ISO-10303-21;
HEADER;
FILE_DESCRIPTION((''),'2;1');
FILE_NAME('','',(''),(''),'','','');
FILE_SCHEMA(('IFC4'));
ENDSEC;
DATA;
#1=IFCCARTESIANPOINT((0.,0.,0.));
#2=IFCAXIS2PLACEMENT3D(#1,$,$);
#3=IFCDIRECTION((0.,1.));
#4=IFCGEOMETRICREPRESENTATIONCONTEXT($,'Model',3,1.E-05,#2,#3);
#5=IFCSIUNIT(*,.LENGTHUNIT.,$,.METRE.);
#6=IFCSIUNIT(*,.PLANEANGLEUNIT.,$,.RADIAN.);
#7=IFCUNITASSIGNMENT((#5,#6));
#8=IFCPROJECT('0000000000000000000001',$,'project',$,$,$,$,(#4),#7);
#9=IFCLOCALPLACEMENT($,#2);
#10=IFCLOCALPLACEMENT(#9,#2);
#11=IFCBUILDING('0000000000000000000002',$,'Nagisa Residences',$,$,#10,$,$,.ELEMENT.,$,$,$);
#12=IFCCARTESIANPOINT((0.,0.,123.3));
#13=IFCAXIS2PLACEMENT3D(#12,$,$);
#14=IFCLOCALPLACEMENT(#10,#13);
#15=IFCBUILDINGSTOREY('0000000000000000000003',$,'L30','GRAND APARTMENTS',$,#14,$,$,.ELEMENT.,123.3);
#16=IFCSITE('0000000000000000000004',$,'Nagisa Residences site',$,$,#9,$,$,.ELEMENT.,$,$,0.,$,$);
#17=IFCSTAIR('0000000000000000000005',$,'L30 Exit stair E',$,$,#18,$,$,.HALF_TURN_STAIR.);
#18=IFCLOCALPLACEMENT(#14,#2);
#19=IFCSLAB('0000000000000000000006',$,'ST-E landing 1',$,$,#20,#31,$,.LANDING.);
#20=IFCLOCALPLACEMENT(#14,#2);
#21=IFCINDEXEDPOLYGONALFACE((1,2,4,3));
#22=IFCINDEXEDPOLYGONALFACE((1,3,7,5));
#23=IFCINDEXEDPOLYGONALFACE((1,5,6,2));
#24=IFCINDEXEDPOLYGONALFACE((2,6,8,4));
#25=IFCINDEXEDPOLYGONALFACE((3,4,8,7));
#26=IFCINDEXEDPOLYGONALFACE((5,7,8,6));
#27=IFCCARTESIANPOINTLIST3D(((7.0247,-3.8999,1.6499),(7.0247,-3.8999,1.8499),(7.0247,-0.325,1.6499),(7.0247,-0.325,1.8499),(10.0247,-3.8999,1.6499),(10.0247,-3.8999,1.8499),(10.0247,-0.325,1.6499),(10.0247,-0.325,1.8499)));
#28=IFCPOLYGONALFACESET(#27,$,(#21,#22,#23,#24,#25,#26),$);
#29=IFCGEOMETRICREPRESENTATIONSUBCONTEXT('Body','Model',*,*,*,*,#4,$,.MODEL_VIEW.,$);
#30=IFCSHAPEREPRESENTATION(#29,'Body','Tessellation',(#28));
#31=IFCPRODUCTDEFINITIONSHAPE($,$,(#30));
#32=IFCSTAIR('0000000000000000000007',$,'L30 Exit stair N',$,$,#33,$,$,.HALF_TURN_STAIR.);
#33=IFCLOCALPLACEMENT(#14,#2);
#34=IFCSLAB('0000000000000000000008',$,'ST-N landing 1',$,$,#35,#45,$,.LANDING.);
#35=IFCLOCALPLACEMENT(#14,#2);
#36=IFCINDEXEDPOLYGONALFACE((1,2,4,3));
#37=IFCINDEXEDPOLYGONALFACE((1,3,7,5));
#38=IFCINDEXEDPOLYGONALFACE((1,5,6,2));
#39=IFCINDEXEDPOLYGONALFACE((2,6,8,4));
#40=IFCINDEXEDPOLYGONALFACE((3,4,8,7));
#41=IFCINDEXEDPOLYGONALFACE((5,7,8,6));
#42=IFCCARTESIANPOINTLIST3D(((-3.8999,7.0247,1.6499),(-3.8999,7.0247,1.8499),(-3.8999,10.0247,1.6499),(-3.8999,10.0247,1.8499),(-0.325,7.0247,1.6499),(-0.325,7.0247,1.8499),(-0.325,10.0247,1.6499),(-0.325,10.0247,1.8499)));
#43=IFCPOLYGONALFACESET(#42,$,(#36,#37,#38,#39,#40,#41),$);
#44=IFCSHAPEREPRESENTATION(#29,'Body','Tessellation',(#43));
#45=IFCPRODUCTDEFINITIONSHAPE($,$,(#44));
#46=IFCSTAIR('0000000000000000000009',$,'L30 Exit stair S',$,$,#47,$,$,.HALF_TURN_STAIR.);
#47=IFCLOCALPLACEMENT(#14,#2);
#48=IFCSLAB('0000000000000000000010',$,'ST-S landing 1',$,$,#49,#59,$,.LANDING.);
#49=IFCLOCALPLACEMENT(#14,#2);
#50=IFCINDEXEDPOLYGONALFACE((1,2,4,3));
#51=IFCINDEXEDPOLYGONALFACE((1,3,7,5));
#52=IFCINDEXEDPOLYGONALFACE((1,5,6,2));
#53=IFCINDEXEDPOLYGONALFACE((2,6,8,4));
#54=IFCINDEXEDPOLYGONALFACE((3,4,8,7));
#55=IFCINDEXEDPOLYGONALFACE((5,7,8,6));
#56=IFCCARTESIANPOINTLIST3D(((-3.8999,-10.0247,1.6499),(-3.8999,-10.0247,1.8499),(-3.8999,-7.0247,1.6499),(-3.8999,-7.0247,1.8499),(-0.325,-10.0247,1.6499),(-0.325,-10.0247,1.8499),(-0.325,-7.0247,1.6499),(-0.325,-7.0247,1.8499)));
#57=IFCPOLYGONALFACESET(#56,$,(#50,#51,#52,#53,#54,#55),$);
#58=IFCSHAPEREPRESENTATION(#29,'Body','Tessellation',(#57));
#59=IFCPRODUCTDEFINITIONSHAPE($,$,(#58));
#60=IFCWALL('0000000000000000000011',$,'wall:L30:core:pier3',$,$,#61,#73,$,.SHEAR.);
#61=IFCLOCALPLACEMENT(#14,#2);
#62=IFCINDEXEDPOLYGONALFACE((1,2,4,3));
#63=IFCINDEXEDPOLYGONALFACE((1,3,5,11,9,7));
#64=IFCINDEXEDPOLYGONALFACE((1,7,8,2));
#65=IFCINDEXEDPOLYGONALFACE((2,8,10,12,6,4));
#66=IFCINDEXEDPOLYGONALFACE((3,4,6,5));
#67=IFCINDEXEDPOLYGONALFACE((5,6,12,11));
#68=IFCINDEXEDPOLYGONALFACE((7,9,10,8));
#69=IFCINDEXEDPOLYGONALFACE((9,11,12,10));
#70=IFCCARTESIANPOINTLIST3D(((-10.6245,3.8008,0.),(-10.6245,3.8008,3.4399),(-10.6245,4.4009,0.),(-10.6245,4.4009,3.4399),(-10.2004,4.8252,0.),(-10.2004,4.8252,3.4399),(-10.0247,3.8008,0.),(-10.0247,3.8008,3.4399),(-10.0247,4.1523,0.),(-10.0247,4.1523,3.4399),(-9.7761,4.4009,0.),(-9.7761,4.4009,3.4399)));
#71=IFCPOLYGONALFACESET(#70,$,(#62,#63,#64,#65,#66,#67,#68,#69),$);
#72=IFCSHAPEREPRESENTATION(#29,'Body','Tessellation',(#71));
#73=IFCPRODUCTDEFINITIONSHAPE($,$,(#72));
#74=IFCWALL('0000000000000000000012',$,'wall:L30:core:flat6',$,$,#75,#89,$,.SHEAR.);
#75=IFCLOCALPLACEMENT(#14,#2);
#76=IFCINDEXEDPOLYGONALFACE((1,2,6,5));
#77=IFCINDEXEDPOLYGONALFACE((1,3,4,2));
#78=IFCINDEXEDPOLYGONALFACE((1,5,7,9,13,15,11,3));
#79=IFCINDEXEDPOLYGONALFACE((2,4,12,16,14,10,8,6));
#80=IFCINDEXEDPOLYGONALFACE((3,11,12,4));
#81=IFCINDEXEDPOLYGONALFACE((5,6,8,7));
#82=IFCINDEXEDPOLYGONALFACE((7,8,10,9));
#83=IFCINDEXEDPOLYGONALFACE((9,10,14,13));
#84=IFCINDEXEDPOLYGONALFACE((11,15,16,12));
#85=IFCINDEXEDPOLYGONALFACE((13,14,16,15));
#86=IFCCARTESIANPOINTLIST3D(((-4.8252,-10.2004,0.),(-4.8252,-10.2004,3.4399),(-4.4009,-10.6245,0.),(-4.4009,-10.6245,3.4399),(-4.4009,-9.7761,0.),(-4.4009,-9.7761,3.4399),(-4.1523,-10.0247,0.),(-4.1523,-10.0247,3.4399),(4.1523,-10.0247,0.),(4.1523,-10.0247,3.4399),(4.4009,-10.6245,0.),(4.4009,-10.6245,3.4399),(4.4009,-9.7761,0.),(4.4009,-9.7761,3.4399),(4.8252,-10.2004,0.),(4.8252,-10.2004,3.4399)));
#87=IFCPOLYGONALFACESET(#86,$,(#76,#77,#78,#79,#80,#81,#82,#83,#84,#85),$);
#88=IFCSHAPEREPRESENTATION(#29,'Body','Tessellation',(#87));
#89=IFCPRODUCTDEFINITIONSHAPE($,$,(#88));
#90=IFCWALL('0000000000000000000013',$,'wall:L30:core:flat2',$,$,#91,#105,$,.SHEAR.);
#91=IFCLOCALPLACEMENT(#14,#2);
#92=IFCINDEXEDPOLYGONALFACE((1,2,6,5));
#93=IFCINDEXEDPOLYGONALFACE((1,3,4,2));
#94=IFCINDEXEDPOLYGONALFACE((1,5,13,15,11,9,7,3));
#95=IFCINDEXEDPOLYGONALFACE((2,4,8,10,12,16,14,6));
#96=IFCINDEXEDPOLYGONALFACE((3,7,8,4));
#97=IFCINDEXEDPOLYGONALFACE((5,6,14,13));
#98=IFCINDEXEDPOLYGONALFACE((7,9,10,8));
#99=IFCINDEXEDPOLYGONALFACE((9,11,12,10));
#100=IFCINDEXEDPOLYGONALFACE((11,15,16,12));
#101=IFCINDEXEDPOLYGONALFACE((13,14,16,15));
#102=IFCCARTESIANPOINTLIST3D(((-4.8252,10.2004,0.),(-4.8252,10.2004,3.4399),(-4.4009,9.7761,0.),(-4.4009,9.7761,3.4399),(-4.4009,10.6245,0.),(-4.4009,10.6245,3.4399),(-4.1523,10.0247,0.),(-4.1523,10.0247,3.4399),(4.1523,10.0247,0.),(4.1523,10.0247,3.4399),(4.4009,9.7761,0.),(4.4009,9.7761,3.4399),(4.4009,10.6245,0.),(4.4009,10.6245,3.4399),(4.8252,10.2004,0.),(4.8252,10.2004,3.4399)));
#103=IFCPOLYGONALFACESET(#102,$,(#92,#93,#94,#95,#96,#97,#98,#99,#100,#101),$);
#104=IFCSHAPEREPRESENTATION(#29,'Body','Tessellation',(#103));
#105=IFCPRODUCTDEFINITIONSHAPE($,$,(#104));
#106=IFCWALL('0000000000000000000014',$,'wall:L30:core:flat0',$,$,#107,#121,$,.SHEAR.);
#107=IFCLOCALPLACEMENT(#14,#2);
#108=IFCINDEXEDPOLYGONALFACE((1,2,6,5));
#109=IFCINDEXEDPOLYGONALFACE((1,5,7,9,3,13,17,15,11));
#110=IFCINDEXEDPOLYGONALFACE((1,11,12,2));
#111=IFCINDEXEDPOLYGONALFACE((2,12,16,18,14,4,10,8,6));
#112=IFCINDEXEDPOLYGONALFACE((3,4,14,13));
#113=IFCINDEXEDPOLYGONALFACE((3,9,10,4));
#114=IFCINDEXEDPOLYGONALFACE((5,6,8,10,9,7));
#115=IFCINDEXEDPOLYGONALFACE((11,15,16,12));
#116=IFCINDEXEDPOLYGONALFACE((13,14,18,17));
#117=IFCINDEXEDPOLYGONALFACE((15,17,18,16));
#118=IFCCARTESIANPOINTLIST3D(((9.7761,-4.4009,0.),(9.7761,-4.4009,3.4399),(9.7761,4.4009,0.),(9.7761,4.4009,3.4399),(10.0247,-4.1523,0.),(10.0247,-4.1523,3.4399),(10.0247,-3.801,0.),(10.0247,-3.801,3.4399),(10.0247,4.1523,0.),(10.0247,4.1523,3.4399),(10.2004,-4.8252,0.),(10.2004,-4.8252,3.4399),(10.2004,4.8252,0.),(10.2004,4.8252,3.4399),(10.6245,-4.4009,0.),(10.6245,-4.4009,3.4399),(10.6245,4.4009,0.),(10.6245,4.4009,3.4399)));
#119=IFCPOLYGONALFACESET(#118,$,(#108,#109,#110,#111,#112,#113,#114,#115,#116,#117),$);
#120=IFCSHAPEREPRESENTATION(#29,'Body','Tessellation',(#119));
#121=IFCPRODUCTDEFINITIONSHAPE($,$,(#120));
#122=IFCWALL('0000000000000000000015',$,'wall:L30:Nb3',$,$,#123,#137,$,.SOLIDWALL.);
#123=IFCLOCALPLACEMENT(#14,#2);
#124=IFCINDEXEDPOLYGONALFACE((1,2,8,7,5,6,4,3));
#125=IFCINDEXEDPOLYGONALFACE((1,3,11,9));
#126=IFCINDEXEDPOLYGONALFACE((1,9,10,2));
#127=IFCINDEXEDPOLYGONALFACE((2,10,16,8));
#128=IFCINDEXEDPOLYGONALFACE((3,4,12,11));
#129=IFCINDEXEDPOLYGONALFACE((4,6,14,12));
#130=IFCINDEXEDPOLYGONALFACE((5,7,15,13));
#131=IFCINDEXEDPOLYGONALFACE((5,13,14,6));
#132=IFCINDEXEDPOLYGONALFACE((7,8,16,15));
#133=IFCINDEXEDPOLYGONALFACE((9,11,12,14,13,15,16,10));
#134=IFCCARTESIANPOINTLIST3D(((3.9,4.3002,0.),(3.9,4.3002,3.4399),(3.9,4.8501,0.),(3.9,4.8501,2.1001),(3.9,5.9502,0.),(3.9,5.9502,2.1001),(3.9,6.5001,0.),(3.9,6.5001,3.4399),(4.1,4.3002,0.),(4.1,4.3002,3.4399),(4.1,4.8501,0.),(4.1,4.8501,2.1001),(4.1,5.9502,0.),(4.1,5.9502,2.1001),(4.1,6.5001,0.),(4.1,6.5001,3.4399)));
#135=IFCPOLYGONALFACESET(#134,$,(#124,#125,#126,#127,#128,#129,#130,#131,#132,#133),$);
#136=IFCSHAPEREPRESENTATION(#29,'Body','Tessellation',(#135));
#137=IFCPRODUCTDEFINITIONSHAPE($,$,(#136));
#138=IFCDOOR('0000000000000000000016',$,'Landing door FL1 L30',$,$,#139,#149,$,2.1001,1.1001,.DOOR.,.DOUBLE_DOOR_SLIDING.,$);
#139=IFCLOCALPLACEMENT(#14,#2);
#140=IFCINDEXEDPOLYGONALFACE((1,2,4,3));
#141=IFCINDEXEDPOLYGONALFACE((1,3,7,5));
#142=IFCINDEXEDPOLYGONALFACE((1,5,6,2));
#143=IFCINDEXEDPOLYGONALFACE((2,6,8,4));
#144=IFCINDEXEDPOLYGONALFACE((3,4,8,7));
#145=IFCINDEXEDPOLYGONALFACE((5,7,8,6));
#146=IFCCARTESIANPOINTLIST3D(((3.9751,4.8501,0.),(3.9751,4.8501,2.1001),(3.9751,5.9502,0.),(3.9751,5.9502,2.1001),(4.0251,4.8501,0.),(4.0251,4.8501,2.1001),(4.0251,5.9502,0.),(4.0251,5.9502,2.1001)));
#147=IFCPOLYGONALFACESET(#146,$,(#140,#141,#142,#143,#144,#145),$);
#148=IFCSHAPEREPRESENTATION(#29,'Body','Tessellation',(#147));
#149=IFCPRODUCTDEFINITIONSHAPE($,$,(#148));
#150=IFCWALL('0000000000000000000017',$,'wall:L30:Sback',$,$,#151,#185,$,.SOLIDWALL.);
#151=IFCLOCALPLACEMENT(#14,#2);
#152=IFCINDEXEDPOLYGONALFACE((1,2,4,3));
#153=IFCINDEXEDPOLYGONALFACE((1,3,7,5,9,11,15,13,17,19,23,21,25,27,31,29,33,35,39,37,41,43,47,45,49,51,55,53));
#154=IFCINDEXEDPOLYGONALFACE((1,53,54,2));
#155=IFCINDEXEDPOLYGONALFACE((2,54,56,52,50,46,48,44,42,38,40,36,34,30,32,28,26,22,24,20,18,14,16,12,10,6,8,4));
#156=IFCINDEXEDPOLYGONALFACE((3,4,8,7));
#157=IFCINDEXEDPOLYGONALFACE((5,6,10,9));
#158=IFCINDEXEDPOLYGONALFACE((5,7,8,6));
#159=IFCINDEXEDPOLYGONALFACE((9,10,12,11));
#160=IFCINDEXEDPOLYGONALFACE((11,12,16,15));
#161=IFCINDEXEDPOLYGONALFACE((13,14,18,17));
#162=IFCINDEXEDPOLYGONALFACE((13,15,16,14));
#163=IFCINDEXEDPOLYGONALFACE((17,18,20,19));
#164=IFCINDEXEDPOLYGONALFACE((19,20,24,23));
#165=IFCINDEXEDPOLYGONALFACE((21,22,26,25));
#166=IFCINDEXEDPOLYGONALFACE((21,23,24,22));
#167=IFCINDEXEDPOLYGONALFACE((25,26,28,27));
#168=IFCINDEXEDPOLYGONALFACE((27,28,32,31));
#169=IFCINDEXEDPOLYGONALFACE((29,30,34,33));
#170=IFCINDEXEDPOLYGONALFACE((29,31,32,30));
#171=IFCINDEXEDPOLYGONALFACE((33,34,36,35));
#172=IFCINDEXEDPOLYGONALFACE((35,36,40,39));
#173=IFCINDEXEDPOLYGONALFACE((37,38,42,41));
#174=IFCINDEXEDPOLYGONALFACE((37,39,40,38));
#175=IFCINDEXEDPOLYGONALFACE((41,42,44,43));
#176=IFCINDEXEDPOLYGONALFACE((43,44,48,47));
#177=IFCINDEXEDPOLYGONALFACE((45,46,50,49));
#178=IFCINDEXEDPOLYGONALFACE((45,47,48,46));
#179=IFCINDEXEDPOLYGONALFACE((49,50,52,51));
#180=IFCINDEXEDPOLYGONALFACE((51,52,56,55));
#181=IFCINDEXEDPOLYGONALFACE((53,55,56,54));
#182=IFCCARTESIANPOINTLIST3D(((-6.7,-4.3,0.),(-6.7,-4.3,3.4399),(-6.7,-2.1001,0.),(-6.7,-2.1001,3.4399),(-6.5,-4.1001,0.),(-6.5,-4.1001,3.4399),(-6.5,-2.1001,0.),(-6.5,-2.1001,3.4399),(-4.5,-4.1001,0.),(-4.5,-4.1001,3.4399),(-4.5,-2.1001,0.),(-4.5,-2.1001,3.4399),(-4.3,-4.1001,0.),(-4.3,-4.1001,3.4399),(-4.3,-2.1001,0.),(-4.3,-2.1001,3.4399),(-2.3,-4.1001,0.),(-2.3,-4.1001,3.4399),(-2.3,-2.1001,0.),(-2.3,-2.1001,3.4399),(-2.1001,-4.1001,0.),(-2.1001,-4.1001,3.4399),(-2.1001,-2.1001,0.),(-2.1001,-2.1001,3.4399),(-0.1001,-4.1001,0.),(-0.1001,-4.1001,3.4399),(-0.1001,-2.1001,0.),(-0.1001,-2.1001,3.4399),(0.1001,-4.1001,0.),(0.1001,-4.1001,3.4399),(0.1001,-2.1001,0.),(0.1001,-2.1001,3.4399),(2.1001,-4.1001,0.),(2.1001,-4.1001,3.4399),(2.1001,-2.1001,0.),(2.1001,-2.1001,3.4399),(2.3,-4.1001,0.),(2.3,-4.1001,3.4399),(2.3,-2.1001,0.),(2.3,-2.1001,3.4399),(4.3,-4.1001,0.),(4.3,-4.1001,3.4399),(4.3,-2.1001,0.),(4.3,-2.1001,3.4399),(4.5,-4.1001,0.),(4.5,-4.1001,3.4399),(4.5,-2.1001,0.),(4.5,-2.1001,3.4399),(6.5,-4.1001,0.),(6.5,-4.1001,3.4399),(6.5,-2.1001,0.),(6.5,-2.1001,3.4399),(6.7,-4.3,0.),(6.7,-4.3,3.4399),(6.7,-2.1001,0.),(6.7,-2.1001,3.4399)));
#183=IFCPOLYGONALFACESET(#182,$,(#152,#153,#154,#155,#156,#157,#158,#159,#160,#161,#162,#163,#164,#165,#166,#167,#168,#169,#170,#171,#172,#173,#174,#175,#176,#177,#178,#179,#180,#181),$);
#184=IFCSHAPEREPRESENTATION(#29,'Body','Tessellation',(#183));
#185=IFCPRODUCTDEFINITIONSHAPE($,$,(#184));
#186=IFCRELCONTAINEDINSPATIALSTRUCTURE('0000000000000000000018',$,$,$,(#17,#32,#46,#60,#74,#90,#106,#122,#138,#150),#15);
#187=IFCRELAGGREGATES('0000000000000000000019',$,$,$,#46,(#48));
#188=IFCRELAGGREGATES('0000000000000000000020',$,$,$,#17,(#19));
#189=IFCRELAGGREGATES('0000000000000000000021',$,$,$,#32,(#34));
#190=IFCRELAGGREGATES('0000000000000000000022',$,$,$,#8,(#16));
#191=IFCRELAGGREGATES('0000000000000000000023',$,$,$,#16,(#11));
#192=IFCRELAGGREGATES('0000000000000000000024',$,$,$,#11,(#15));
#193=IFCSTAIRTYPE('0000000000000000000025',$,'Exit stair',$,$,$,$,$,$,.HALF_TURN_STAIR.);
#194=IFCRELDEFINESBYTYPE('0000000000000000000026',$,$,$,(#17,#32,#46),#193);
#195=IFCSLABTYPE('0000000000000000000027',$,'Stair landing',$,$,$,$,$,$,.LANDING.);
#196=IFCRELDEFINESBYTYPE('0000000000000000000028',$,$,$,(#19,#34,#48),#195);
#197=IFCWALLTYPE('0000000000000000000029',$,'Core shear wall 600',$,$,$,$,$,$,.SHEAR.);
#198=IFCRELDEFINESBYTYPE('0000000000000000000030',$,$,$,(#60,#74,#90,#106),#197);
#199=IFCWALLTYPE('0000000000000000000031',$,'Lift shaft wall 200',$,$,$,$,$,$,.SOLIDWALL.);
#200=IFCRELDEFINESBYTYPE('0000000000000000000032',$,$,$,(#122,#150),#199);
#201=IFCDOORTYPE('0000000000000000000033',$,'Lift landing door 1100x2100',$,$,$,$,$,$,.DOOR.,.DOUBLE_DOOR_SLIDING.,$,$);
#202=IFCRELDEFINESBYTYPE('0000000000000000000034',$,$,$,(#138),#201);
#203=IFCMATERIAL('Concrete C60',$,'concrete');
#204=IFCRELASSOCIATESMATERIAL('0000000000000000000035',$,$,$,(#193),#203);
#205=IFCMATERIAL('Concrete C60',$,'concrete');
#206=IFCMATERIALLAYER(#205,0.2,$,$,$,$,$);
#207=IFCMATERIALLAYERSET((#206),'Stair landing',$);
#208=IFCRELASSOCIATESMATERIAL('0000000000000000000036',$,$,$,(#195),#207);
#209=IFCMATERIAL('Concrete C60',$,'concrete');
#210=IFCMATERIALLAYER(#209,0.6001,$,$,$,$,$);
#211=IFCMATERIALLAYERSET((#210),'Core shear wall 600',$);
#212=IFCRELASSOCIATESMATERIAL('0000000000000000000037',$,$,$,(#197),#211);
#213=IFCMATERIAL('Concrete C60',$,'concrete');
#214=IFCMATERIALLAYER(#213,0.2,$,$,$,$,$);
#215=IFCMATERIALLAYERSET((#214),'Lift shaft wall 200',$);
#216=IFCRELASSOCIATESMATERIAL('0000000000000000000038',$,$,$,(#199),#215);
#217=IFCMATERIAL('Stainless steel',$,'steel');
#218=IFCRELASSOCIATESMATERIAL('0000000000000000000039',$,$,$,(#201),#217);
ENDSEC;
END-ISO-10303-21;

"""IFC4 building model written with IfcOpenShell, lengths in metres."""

from ifc_helpers import new_model, si_unit, direction, frame, frame_2d, origin, place, context, subcontext, project, spatial, polyline, rectangle, outline, extrude, material, layer, layer_set, type_object, element, fill, aggregate, save


model = new_model("IFC4")

# Units and contexts
model_context = context("Model", 3, precision=1e-05, world=origin(), true_north=direction((0.0, 1.0)))
body_context = subcontext(model_context, "Body", "Model", "MODEL_VIEW")
ifc_project = project(units=[si_unit("LENGTHUNIT", "METRE"), si_unit("PLANEANGLEUNIT", "RADIAN")], contexts=[model_context])

# Site, building, storey
site_placement = place(None, origin())
site = spatial("IfcSite", under=ifc_project, at=site_placement, Name="Nagisa Residences site", CompositionType="ELEMENT", RefElevation=0.0)
building_placement = place(site_placement, origin())
building = spatial("IfcBuilding", under=site, at=building_placement, Name="Nagisa Residences", CompositionType="ELEMENT")
storey_placement = place(building_placement, frame((0.0, 0.0, 123.3)))
storey = spatial("IfcBuildingStorey", under=building, at=storey_placement, Name="L30", Description="GRAND APARTMENTS", CompositionType="ELEMENT", Elevation=123.3)

# Stairs, slabs
ifc_material_1 = material(Name="Concrete C60", Category="concrete")
stair_type = type_object("IfcStairType", Name="Exit stair", PredefinedType="HALF_TURN_STAIR", material=ifc_material_1)
stair_1_placement = place(storey_placement, origin())
stair_1 = element("IfcStair", 1, at=stair_1_placement, inside=storey, type_object=stair_type, Name="L30 Exit stair E", PredefinedType="HALF_TURN_STAIR")
ifc_material_2 = material(Name="Concrete C60", Category="concrete")
ifc_layer_1 = layer(ifc_material_2, 0.2)
ifc_layer_set_1 = layer_set([ifc_layer_1], Name="Stair landing")
slab_type = type_object("IfcSlabType", Name="Stair landing", PredefinedType="LANDING", material=ifc_layer_set_1)
slab_1_placement = place(storey_placement, frame((0.0, 0.0, 1.6499)))
slab_1 = element("IfcSlab", 2, at=slab_1_placement, type_object=slab_type, Name="ST-E landing 1", PredefinedType="LANDING", context=body_context, shape_type="SweptSolid", body=[
    extrude(outline(polyline([(7.0247, -0.325), (7.0247, -3.8999), (10.0247, -3.8999), (10.0247, -0.325), (7.0247, -0.325)])), origin(), (0.0, 0.0, 1.0), 0.2),
])
stair_2_placement = place(storey_placement, origin())
stair_2 = element("IfcStair", 3, at=stair_2_placement, inside=storey, type_object=stair_type, Name="L30 Exit stair N", PredefinedType="HALF_TURN_STAIR")
slab_2_placement = place(storey_placement, frame((0.0, 0.0, 1.6499)))
slab_2 = element("IfcSlab", 4, at=slab_2_placement, type_object=slab_type, Name="ST-N landing 1", PredefinedType="LANDING", context=body_context, shape_type="SweptSolid", body=[
    extrude(outline(polyline([(-0.325, 10.0247), (-3.8999, 10.0247), (-3.8999, 7.0247), (-0.325, 7.0247), (-0.325, 10.0247)])), origin(), (0.0, 0.0, 1.0), 0.2),
])
stair_3_placement = place(storey_placement, origin())
stair_3 = element("IfcStair", 5, at=stair_3_placement, inside=storey, type_object=stair_type, Name="L30 Exit stair S", PredefinedType="HALF_TURN_STAIR")
slab_3_placement = place(storey_placement, frame((0.0, 0.0, 1.6499)))
slab_3 = element("IfcSlab", 6, at=slab_3_placement, type_object=slab_type, Name="ST-S landing 1", PredefinedType="LANDING", context=body_context, shape_type="SweptSolid", body=[
    extrude(outline(polyline([(-0.325, -7.0247), (-3.8999, -7.0247), (-3.8999, -10.0247), (-0.325, -10.0247), (-0.325, -7.0247)])), origin(), (0.0, 0.0, 1.0), 0.2),
])
aggregate(stair_3, [slab_3])

# Walls
ifc_material_3 = material(Name="Concrete C60", Category="concrete")
ifc_layer_2 = layer(ifc_material_3, 0.6001)
ifc_layer_set_2 = layer_set([ifc_layer_2], Name="Core shear wall 600")
wall_type_1 = type_object("IfcWallType", Name="Core shear wall 600", PredefinedType="SHEAR", material=ifc_layer_set_2)
wall_1_placement = place(storey_placement, origin())
element("IfcWall", 7, at=wall_1_placement, inside=storey, type_object=wall_type_1, Name="wall:L30:core:pier3", PredefinedType="SHEAR", context=body_context, shape_type="SweptSolid", body=[
    extrude(outline(polyline([(-10.2004, 4.8252), (-9.7761, 4.4009), (-10.0247, 4.1523), (-10.0247, 3.8008), (-10.6245, 3.8008), (-10.6245, 4.4009), (-10.2004, 4.8252)])), origin(), (0.0, 0.0, 1.0), 3.4399),
])
wall_2_placement = place(storey_placement, origin())
element("IfcWall", 8, at=wall_2_placement, inside=storey, type_object=wall_type_1, Name="wall:L30:core:flat6", PredefinedType="SHEAR", context=body_context, shape_type="SweptSolid", body=[
    extrude(outline(polyline([(-4.1523, -10.0247), (4.1523, -10.0247), (4.4009, -9.7761), (4.8252, -10.2004), (4.4009, -10.6245), (-4.4009, -10.6245), (-4.8252, -10.2004), (-4.4009, -9.7761), (-4.1523, -10.0247)])), origin(), (0.0, 0.0, 1.0), 3.4399),
])
wall_3_placement = place(storey_placement, origin())
element("IfcWall", 9, at=wall_3_placement, inside=storey, type_object=wall_type_1, Name="wall:L30:core:flat2", PredefinedType="SHEAR", context=body_context, shape_type="SweptSolid", body=[
    extrude(outline(polyline([(-4.1523, 10.0247), (-4.4009, 9.7761), (-4.8252, 10.2004), (-4.4009, 10.6245), (4.4009, 10.6245), (4.8252, 10.2004), (4.4009, 9.7761), (4.1523, 10.0247), (-4.1523, 10.0247)])), origin(), (0.0, 0.0, 1.0), 3.4399),
])
wall_4_placement = place(storey_placement, origin())
element("IfcWall", 10, at=wall_4_placement, inside=storey, type_object=wall_type_1, Name="wall:L30:core:flat0", PredefinedType="SHEAR", context=body_context, shape_type="SweptSolid", body=[
    extrude(outline(polyline([(9.7761, -4.4009), (10.0247, -4.1523), (10.0247, -3.801), (10.0247, 4.1523), (9.7761, 4.4009), (10.2004, 4.8252), (10.6245, 4.4009), (10.6245, -4.4009), (10.2004, -4.8252), (9.7761, -4.4009)])), origin(), (0.0, 0.0, 1.0), 3.4399),
])

# Wall, opening, door
ifc_material_4 = material(Name="Concrete C60", Category="concrete")
ifc_layer_3 = layer(ifc_material_4, 0.2)
ifc_layer_set_3 = layer_set([ifc_layer_3], Name="Lift shaft wall 200")
wall_type_2 = type_object("IfcWallType", Name="Lift shaft wall 200", PredefinedType="SOLIDWALL", material=ifc_layer_set_3)
wall_5_placement = place(storey_placement, frame((4.0, 4.3, 0.0), z_axis=(0.0, 0.0, 1.0), x_axis=(0.0, 1.0, 0.0)))
wall_5 = element("IfcWall", 11, at=wall_5_placement, inside=storey, type_object=wall_type_2, Name="wall:L30:Nb3", PredefinedType="SOLIDWALL", context=body_context, shape_type="SweptSolid", body=[
    extrude(rectangle(XDim=2.2, YDim=0.2, at=frame_2d((1.1001, 0.0))), origin(), (0.0, 0.0, 1.0), 3.4399),
])
opening_1_placement = place(wall_5_placement, frame((0.55, 0.0, 0.0)))
opening_1 = element("IfcOpeningElement", 12, at=opening_1_placement, cuts=wall_5, PredefinedType="OPENING", context=body_context, shape_type="SweptSolid", body=[
    extrude(rectangle(XDim=1.1001, YDim=2.1001, at=frame_2d((0.55, 1.05))), frame((0.0, 0.1099, 0.0), z_axis=(0.0, -1.0, 0.0), x_axis=(1.0, 0.0, 0.0)), (0.0, 0.0, 1.0), 0.22),
])
ifc_material_5 = material(Name="Stainless steel", Category="steel")
door_type_1 = type_object("IfcDoorType", Name="Lift landing door 1100x2100", OperationType="DOUBLE_DOOR_SLIDING", PredefinedType="DOOR", material=ifc_material_5)
door_1_placement = place(opening_1_placement, origin())
door_1 = element("IfcDoor", 13, at=door_1_placement, inside=storey, type_object=door_type_1, Name="Landing door FL1 L30", OperationType="DOUBLE_DOOR_SLIDING", OverallHeight=2.1001, OverallWidth=1.1001, PredefinedType="DOOR", context=body_context, shape_type="SweptSolid", body=[
    extrude(rectangle(XDim=1.1001, YDim=2.1001, at=frame_2d((0.55, 1.05))), frame((0.0, 0.0249, 0.0), z_axis=(0.0, -1.0, 0.0), x_axis=(1.0, 0.0, 0.0)), (0.0, 0.0, 1.0), 0.05),
])
fill(opening_1, door_1)

# Wall
wall_6_placement = place(storey_placement, origin())
element("IfcWall", 14, at=wall_6_placement, inside=storey, type_object=wall_type_2, Name="wall:L30:Sback", PredefinedType="SOLIDWALL", context=body_context, shape_type="SweptSolid", body=[
    extrude(outline(polyline([(-6.7, -2.1001), (-6.5, -2.1001), (-6.5, -4.1001), (-4.5, -4.1001), (-4.5, -2.1001), (-4.3, -2.1001), (-4.3, -4.1001), (-2.3, -4.1001), (-2.3, -2.1001), (-2.1001, -2.1001), (-2.1001, -4.1001), (-0.1001, -4.1001), (-0.1001, -2.1001), (0.1001, -2.1001), (0.1001, -4.1001), (2.1001, -4.1001), (2.1001, -2.1001), (2.3, -2.1001), (2.3, -4.1001), (4.3, -4.1001), (4.3, -2.1001), (4.5, -2.1001), (4.5, -4.1001), (6.5, -4.1001), (6.5, -2.1001), (6.7, -2.1001), (6.7, -4.3), (-6.7, -4.3), (-6.7, -2.1001)])), origin(), (0.0, 0.0, 1.0), 3.4399),
])

aggregate(stair_1, [slab_1])
aggregate(stair_2, [slab_2])

save(model, "model.ifc")
